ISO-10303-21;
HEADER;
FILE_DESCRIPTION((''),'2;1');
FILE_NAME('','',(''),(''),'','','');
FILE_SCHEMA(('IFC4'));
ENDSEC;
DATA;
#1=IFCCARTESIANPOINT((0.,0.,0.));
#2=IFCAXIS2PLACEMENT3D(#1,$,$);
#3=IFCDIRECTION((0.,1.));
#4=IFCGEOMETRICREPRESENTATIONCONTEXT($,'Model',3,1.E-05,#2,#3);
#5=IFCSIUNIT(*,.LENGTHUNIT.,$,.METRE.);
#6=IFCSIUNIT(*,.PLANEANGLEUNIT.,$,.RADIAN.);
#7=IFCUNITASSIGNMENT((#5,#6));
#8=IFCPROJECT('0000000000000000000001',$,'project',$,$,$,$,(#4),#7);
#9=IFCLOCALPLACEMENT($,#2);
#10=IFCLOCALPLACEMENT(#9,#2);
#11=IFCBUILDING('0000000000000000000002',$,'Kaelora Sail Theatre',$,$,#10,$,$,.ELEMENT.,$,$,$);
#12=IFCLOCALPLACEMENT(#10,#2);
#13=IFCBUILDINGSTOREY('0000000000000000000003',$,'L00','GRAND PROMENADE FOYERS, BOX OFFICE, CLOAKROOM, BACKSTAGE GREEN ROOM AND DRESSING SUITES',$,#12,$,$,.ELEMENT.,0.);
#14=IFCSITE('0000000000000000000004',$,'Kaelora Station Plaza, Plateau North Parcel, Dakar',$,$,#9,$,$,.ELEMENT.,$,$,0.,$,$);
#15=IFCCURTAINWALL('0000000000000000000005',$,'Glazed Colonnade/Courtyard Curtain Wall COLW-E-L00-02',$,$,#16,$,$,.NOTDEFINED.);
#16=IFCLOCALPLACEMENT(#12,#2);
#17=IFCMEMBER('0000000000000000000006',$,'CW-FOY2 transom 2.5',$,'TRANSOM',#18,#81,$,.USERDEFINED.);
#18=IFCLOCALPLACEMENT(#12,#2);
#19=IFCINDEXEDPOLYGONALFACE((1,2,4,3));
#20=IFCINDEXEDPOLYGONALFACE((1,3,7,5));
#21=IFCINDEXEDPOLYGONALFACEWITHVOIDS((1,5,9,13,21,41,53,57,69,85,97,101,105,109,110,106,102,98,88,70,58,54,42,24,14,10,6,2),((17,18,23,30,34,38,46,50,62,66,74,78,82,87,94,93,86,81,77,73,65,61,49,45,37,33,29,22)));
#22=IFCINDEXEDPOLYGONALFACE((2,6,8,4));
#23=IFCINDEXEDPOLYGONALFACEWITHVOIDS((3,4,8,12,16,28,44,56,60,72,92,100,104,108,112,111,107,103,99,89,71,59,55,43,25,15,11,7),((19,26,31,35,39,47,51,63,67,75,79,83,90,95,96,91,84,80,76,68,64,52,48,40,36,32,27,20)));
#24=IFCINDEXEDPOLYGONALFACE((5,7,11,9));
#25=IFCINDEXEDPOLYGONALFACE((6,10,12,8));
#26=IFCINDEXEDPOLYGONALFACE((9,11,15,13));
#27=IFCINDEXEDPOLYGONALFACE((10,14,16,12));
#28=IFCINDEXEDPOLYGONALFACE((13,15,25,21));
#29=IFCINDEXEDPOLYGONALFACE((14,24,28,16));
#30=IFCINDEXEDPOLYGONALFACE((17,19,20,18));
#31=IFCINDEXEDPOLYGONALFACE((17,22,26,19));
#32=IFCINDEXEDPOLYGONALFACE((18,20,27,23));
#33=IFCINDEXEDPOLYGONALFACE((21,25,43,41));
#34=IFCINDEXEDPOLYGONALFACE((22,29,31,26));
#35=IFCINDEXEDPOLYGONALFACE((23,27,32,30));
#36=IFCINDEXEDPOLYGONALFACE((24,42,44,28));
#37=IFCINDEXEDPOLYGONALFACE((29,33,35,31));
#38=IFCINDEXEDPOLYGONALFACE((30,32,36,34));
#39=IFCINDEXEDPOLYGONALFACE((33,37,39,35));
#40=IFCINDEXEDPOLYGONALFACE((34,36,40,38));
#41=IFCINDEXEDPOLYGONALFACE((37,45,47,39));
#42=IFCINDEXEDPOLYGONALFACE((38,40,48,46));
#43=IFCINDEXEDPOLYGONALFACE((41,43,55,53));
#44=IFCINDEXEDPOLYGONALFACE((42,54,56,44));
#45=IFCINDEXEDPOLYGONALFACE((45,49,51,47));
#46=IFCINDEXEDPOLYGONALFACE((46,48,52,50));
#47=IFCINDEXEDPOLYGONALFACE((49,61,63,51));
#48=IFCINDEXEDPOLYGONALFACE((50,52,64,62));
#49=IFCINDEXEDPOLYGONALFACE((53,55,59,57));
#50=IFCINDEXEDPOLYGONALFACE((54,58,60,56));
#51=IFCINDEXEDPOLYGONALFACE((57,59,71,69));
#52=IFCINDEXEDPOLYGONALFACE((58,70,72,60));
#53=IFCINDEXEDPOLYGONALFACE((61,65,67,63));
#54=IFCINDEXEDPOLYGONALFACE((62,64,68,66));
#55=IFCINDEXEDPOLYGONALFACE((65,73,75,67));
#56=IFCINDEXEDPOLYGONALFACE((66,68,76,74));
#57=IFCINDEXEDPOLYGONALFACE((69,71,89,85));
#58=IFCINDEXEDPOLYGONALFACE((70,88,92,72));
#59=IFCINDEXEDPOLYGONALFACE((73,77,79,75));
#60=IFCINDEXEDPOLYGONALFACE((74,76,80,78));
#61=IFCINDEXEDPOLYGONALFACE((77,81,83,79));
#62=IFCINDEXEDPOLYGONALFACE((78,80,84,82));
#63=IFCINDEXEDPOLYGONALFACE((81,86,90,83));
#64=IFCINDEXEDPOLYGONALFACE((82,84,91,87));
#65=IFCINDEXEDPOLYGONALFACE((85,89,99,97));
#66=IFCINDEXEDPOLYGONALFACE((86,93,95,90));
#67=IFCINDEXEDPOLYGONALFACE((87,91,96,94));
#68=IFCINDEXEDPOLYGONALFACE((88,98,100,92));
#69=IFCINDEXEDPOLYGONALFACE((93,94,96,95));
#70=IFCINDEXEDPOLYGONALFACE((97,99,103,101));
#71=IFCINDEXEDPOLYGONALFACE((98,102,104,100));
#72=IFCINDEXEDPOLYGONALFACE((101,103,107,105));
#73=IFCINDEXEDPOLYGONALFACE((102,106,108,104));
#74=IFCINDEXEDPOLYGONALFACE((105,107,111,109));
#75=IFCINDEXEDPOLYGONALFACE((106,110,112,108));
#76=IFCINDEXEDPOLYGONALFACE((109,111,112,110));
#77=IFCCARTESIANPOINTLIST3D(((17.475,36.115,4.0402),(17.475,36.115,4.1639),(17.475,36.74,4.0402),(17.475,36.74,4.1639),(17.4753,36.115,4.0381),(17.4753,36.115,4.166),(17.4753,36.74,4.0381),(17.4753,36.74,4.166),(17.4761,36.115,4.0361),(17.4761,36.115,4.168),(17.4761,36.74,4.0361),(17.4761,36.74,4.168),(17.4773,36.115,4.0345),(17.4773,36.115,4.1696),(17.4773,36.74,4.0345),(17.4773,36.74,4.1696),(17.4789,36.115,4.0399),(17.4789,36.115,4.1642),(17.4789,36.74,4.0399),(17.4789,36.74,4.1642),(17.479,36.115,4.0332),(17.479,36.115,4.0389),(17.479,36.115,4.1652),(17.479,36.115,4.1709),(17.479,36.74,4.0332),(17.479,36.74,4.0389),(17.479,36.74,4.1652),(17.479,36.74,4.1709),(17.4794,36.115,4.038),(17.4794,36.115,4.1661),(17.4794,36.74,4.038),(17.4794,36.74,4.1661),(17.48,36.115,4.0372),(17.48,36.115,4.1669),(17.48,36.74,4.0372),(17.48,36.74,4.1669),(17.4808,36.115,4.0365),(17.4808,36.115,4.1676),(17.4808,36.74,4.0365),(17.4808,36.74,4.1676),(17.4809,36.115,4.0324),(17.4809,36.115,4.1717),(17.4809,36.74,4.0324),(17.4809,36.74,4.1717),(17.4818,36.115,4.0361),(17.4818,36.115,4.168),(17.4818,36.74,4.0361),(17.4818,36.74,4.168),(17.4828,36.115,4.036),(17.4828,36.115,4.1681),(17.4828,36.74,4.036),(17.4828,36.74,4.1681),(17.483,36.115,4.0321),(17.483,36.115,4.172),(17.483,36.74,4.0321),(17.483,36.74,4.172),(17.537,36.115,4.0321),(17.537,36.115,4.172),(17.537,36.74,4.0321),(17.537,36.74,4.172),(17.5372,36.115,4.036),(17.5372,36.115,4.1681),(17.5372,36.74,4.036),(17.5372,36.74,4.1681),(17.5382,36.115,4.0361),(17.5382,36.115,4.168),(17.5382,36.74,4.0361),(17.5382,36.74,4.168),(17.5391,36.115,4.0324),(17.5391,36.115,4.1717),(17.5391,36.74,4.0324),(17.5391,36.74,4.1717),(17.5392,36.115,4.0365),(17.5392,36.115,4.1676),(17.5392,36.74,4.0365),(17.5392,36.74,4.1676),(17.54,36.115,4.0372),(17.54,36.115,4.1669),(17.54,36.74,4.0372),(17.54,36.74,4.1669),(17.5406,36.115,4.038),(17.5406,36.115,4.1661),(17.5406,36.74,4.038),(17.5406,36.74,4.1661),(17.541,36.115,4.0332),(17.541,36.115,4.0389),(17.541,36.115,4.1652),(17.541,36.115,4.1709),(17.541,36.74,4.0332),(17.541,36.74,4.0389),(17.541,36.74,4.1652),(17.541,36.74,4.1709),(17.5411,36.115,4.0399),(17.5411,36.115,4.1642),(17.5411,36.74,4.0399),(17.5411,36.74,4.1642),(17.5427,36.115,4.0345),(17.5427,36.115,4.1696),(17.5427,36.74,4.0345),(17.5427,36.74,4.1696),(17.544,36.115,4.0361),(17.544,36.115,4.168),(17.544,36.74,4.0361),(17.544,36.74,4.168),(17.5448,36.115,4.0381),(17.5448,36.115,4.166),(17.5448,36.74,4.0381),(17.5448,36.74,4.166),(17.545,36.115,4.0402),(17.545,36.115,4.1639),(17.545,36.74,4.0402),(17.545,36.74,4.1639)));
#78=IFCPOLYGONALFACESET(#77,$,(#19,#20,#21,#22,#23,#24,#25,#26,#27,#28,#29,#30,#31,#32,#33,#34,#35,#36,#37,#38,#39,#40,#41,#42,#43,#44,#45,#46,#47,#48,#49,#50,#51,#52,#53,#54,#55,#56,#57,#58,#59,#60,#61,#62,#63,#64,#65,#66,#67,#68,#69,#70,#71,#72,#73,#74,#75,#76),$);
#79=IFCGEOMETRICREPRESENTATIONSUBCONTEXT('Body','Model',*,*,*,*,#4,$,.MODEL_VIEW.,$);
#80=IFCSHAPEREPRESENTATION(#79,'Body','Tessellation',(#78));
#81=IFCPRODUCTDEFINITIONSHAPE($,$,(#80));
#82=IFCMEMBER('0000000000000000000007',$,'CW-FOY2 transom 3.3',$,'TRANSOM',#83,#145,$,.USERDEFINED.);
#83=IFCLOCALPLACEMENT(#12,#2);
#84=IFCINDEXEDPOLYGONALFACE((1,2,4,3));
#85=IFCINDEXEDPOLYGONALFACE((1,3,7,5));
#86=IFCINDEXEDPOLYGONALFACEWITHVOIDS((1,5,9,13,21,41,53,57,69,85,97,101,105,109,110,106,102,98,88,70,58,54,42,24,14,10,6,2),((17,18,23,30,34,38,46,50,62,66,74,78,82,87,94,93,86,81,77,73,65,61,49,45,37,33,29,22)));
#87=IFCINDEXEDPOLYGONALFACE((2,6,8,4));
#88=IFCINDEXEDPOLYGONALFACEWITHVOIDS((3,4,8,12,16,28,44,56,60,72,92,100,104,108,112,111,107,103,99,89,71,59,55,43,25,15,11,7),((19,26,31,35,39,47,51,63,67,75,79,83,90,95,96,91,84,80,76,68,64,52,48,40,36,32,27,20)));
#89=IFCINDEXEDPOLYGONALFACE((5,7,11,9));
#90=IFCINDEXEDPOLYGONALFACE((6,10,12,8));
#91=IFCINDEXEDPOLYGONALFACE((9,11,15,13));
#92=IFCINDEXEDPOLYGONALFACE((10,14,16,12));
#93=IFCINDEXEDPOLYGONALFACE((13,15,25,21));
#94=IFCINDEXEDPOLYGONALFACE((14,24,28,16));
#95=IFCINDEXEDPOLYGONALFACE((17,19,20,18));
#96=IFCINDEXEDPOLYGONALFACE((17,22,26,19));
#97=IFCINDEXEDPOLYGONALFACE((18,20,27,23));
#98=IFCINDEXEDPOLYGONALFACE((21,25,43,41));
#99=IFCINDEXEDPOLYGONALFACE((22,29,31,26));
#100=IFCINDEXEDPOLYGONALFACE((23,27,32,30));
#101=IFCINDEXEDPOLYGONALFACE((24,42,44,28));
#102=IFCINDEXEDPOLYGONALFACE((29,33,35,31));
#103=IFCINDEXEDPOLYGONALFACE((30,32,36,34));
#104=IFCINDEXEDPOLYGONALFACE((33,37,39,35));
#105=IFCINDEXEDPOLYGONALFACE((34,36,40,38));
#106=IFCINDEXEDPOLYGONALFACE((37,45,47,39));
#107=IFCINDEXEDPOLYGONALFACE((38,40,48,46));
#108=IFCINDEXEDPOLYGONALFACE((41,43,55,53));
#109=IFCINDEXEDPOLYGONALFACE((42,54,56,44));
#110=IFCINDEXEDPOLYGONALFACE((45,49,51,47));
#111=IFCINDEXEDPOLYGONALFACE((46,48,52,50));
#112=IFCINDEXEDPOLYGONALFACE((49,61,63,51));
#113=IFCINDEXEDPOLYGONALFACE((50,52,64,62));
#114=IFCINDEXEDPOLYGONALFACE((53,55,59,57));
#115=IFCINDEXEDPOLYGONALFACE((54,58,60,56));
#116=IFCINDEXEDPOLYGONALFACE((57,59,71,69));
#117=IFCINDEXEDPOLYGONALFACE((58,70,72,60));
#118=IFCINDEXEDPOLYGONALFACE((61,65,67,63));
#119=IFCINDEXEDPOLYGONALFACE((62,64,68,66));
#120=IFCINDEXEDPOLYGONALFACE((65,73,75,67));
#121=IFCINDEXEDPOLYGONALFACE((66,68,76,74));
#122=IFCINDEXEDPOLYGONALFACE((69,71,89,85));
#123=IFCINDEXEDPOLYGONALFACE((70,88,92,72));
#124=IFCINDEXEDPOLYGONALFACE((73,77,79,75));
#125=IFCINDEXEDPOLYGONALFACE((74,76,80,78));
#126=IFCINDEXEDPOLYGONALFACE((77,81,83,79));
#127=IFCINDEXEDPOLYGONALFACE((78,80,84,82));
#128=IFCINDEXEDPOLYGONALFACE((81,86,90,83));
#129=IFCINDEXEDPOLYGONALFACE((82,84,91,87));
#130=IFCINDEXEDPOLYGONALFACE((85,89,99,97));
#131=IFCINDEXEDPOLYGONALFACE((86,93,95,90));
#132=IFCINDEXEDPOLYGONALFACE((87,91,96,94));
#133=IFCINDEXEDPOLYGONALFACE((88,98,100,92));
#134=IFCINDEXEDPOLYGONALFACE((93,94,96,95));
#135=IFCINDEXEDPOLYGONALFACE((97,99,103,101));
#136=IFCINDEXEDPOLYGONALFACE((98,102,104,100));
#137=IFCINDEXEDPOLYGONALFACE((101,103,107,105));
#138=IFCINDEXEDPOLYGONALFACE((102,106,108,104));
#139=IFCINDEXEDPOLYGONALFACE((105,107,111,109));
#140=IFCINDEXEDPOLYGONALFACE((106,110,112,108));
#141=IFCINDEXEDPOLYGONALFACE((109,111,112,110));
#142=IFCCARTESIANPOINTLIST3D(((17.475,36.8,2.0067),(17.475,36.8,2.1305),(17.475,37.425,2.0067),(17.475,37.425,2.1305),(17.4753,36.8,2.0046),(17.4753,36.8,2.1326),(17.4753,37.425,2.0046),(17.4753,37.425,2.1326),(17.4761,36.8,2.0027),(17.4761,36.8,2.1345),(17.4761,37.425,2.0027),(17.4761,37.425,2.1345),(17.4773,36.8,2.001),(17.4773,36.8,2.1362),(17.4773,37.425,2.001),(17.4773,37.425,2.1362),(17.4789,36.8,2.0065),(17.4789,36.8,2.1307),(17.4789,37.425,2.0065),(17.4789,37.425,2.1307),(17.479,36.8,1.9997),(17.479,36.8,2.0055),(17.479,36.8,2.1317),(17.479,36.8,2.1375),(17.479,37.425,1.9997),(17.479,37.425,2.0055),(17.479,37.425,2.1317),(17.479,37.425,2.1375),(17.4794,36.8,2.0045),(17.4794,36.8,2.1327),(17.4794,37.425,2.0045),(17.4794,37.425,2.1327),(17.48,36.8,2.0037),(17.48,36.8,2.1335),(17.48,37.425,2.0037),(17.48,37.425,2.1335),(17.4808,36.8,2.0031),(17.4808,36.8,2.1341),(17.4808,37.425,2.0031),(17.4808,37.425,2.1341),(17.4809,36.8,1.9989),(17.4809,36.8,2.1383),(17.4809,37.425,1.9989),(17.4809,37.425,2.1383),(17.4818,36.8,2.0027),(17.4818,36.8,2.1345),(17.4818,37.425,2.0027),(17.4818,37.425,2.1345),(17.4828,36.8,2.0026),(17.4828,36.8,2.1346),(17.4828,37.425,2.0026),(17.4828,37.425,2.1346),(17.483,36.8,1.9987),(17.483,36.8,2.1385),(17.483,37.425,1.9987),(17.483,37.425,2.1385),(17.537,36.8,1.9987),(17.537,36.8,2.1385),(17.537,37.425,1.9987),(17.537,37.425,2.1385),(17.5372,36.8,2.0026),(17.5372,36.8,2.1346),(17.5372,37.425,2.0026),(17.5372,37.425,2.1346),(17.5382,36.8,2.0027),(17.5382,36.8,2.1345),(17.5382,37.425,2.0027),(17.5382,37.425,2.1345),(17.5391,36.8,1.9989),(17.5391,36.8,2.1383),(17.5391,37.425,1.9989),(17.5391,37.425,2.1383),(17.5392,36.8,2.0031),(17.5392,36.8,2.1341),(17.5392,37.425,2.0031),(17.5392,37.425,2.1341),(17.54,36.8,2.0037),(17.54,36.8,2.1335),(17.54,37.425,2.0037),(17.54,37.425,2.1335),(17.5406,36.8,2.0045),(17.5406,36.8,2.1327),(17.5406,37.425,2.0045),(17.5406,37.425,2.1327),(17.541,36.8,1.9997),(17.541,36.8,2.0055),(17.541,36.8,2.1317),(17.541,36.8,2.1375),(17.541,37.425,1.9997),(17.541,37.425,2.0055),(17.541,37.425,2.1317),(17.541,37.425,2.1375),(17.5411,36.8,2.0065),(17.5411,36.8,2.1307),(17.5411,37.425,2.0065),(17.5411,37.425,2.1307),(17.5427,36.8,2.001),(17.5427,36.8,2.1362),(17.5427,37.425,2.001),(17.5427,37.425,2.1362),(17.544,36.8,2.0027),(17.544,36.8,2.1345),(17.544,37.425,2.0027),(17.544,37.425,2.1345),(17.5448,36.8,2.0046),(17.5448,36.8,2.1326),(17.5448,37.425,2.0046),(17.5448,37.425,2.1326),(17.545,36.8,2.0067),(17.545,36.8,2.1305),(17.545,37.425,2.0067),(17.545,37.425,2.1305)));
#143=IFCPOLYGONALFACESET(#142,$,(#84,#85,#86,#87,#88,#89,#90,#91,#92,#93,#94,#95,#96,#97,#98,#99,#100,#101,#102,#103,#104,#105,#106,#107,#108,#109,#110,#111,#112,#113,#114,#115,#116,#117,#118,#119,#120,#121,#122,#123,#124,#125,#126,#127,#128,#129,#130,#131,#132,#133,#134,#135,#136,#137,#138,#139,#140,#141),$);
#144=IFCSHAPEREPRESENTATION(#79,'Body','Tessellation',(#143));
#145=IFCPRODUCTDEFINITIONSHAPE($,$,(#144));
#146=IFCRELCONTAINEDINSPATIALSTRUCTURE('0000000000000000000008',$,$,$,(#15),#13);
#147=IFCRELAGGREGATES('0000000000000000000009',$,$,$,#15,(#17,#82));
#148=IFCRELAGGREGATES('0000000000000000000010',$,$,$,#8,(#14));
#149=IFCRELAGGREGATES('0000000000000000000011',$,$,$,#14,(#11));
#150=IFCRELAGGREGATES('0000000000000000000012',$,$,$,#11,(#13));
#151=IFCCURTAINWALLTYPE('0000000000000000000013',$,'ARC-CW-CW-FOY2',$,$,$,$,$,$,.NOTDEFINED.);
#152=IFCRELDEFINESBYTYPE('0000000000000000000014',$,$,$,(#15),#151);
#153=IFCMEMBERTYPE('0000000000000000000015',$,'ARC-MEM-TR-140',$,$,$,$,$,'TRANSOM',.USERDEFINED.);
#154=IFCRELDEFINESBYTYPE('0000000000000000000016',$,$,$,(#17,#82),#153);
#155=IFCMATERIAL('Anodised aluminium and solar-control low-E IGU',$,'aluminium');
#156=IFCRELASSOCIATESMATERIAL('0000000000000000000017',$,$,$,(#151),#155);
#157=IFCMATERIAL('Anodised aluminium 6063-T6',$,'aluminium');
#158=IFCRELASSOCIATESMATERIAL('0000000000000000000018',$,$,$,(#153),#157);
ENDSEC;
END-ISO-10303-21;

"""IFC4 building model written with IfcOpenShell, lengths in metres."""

from ifc_helpers import new_model, si_unit, direction, frame, origin, origin_2d, place, context, subcontext, project, spatial, hollow_rectangle, extrude, material, material_profile, profile_set, type_object, element, aggregate, save


model = new_model("IFC4")

# Units and contexts
model_context = context("Model", 3, precision=1e-05, world=origin(), true_north=direction((0.0, 1.0)))
body_context = subcontext(model_context, "Body", "Model", "MODEL_VIEW")
ifc_project = project(units=[si_unit("LENGTHUNIT", "METRE"), si_unit("PLANEANGLEUNIT", "RADIAN")], contexts=[model_context])

# Site, building, storey
site_placement = place(None, origin())
site = spatial("IfcSite", under=ifc_project, at=site_placement, Name="Kaelora Station Plaza, Plateau North Parcel, Dakar", CompositionType="ELEMENT", RefElevation=0.0)
building_placement = place(site_placement, origin())
building = spatial("IfcBuilding", under=site, at=building_placement, Name="Kaelora Sail Theatre", CompositionType="ELEMENT")
storey_placement = place(building_placement, origin())
storey = spatial("IfcBuildingStorey", under=building, at=storey_placement, Name="L00", Description="GRAND PROMENADE FOYERS, BOX OFFICE, CLOAKROOM, BACKSTAGE GREEN ROOM AND DRESSING SUITES", CompositionType="ELEMENT", Elevation=0.0)

# Curtain wall, members
ifc_material_1 = material(Name="Anodised aluminium and solar-control low-E IGU", Category="aluminium")
curtain_wall_type = type_object("IfcCurtainWallType", Name="ARC-CW-CW-FOY2", PredefinedType="NOTDEFINED", material=ifc_material_1)
ifc_material_2 = material(Name="Anodised aluminium 6063-T6", Category="aluminium")
ifc_material_profile = material_profile(ifc_material_2, hollow_rectangle(XDim=0.0701, YDim=0.1399, WallThickness=0.0039, InnerFilletRadius=0.0039, OuterFilletRadius=0.0081, at=origin_2d()), Name="ALU-TRAN 70x140x4")
ifc_profile_set = profile_set([ifc_material_profile], Name="Anodised aluminium 6063-T6")
member_type = type_object("IfcMemberType", Name="ARC-MEM-TR-140", ElementType="TRANSOM", PredefinedType="USERDEFINED", material=ifc_profile_set)
curtain_wall_1_placement = place(storey_placement, origin())
curtain_wall_1 = element("IfcCurtainWall", 1, at=curtain_wall_1_placement, inside=storey, type_object=curtain_wall_type, Name="Glazed Colonnade/Courtyard Curtain Wall COLW-E-L00-02", PredefinedType="NOTDEFINED")
member_1_placement = place(storey_placement, frame((17.51, 36.115, 4.1021), z_axis=(0.0, 1.0, 0.0), x_axis=(-1.0, 0.0, 0.0)))
member_1 = element("IfcMember", 2, at=member_1_placement, type_object=member_type, Name="CW-FOY2 transom 2.5", ObjectType="TRANSOM", PredefinedType="USERDEFINED", context=body_context, shape_type="SweptSolid", body=[
    extrude(hollow_rectangle(XDim=0.0701, YDim=0.1399, WallThickness=0.0039, InnerFilletRadius=0.0039, OuterFilletRadius=0.0081, at=origin_2d()), origin(), (0.0, 0.0, 1.0), 0.625),
])
member_2_placement = place(storey_placement, frame((17.51, 36.8, 2.0686), z_axis=(0.0, 1.0, 0.0), x_axis=(-1.0, 0.0, 0.0)))
member_2 = element("IfcMember", 3, at=member_2_placement, type_object=member_type, Name="CW-FOY2 transom 3.3", ObjectType="TRANSOM", PredefinedType="USERDEFINED", context=body_context, shape_type="SweptSolid", body=[
    extrude(hollow_rectangle(XDim=0.0701, YDim=0.1399, WallThickness=0.0039, InnerFilletRadius=0.0039, OuterFilletRadius=0.0081, at=origin_2d()), origin(), (0.0, 0.0, 1.0), 0.625),
])

aggregate(curtain_wall_1, [member_1, member_2])

save(model, "model.ifc")
